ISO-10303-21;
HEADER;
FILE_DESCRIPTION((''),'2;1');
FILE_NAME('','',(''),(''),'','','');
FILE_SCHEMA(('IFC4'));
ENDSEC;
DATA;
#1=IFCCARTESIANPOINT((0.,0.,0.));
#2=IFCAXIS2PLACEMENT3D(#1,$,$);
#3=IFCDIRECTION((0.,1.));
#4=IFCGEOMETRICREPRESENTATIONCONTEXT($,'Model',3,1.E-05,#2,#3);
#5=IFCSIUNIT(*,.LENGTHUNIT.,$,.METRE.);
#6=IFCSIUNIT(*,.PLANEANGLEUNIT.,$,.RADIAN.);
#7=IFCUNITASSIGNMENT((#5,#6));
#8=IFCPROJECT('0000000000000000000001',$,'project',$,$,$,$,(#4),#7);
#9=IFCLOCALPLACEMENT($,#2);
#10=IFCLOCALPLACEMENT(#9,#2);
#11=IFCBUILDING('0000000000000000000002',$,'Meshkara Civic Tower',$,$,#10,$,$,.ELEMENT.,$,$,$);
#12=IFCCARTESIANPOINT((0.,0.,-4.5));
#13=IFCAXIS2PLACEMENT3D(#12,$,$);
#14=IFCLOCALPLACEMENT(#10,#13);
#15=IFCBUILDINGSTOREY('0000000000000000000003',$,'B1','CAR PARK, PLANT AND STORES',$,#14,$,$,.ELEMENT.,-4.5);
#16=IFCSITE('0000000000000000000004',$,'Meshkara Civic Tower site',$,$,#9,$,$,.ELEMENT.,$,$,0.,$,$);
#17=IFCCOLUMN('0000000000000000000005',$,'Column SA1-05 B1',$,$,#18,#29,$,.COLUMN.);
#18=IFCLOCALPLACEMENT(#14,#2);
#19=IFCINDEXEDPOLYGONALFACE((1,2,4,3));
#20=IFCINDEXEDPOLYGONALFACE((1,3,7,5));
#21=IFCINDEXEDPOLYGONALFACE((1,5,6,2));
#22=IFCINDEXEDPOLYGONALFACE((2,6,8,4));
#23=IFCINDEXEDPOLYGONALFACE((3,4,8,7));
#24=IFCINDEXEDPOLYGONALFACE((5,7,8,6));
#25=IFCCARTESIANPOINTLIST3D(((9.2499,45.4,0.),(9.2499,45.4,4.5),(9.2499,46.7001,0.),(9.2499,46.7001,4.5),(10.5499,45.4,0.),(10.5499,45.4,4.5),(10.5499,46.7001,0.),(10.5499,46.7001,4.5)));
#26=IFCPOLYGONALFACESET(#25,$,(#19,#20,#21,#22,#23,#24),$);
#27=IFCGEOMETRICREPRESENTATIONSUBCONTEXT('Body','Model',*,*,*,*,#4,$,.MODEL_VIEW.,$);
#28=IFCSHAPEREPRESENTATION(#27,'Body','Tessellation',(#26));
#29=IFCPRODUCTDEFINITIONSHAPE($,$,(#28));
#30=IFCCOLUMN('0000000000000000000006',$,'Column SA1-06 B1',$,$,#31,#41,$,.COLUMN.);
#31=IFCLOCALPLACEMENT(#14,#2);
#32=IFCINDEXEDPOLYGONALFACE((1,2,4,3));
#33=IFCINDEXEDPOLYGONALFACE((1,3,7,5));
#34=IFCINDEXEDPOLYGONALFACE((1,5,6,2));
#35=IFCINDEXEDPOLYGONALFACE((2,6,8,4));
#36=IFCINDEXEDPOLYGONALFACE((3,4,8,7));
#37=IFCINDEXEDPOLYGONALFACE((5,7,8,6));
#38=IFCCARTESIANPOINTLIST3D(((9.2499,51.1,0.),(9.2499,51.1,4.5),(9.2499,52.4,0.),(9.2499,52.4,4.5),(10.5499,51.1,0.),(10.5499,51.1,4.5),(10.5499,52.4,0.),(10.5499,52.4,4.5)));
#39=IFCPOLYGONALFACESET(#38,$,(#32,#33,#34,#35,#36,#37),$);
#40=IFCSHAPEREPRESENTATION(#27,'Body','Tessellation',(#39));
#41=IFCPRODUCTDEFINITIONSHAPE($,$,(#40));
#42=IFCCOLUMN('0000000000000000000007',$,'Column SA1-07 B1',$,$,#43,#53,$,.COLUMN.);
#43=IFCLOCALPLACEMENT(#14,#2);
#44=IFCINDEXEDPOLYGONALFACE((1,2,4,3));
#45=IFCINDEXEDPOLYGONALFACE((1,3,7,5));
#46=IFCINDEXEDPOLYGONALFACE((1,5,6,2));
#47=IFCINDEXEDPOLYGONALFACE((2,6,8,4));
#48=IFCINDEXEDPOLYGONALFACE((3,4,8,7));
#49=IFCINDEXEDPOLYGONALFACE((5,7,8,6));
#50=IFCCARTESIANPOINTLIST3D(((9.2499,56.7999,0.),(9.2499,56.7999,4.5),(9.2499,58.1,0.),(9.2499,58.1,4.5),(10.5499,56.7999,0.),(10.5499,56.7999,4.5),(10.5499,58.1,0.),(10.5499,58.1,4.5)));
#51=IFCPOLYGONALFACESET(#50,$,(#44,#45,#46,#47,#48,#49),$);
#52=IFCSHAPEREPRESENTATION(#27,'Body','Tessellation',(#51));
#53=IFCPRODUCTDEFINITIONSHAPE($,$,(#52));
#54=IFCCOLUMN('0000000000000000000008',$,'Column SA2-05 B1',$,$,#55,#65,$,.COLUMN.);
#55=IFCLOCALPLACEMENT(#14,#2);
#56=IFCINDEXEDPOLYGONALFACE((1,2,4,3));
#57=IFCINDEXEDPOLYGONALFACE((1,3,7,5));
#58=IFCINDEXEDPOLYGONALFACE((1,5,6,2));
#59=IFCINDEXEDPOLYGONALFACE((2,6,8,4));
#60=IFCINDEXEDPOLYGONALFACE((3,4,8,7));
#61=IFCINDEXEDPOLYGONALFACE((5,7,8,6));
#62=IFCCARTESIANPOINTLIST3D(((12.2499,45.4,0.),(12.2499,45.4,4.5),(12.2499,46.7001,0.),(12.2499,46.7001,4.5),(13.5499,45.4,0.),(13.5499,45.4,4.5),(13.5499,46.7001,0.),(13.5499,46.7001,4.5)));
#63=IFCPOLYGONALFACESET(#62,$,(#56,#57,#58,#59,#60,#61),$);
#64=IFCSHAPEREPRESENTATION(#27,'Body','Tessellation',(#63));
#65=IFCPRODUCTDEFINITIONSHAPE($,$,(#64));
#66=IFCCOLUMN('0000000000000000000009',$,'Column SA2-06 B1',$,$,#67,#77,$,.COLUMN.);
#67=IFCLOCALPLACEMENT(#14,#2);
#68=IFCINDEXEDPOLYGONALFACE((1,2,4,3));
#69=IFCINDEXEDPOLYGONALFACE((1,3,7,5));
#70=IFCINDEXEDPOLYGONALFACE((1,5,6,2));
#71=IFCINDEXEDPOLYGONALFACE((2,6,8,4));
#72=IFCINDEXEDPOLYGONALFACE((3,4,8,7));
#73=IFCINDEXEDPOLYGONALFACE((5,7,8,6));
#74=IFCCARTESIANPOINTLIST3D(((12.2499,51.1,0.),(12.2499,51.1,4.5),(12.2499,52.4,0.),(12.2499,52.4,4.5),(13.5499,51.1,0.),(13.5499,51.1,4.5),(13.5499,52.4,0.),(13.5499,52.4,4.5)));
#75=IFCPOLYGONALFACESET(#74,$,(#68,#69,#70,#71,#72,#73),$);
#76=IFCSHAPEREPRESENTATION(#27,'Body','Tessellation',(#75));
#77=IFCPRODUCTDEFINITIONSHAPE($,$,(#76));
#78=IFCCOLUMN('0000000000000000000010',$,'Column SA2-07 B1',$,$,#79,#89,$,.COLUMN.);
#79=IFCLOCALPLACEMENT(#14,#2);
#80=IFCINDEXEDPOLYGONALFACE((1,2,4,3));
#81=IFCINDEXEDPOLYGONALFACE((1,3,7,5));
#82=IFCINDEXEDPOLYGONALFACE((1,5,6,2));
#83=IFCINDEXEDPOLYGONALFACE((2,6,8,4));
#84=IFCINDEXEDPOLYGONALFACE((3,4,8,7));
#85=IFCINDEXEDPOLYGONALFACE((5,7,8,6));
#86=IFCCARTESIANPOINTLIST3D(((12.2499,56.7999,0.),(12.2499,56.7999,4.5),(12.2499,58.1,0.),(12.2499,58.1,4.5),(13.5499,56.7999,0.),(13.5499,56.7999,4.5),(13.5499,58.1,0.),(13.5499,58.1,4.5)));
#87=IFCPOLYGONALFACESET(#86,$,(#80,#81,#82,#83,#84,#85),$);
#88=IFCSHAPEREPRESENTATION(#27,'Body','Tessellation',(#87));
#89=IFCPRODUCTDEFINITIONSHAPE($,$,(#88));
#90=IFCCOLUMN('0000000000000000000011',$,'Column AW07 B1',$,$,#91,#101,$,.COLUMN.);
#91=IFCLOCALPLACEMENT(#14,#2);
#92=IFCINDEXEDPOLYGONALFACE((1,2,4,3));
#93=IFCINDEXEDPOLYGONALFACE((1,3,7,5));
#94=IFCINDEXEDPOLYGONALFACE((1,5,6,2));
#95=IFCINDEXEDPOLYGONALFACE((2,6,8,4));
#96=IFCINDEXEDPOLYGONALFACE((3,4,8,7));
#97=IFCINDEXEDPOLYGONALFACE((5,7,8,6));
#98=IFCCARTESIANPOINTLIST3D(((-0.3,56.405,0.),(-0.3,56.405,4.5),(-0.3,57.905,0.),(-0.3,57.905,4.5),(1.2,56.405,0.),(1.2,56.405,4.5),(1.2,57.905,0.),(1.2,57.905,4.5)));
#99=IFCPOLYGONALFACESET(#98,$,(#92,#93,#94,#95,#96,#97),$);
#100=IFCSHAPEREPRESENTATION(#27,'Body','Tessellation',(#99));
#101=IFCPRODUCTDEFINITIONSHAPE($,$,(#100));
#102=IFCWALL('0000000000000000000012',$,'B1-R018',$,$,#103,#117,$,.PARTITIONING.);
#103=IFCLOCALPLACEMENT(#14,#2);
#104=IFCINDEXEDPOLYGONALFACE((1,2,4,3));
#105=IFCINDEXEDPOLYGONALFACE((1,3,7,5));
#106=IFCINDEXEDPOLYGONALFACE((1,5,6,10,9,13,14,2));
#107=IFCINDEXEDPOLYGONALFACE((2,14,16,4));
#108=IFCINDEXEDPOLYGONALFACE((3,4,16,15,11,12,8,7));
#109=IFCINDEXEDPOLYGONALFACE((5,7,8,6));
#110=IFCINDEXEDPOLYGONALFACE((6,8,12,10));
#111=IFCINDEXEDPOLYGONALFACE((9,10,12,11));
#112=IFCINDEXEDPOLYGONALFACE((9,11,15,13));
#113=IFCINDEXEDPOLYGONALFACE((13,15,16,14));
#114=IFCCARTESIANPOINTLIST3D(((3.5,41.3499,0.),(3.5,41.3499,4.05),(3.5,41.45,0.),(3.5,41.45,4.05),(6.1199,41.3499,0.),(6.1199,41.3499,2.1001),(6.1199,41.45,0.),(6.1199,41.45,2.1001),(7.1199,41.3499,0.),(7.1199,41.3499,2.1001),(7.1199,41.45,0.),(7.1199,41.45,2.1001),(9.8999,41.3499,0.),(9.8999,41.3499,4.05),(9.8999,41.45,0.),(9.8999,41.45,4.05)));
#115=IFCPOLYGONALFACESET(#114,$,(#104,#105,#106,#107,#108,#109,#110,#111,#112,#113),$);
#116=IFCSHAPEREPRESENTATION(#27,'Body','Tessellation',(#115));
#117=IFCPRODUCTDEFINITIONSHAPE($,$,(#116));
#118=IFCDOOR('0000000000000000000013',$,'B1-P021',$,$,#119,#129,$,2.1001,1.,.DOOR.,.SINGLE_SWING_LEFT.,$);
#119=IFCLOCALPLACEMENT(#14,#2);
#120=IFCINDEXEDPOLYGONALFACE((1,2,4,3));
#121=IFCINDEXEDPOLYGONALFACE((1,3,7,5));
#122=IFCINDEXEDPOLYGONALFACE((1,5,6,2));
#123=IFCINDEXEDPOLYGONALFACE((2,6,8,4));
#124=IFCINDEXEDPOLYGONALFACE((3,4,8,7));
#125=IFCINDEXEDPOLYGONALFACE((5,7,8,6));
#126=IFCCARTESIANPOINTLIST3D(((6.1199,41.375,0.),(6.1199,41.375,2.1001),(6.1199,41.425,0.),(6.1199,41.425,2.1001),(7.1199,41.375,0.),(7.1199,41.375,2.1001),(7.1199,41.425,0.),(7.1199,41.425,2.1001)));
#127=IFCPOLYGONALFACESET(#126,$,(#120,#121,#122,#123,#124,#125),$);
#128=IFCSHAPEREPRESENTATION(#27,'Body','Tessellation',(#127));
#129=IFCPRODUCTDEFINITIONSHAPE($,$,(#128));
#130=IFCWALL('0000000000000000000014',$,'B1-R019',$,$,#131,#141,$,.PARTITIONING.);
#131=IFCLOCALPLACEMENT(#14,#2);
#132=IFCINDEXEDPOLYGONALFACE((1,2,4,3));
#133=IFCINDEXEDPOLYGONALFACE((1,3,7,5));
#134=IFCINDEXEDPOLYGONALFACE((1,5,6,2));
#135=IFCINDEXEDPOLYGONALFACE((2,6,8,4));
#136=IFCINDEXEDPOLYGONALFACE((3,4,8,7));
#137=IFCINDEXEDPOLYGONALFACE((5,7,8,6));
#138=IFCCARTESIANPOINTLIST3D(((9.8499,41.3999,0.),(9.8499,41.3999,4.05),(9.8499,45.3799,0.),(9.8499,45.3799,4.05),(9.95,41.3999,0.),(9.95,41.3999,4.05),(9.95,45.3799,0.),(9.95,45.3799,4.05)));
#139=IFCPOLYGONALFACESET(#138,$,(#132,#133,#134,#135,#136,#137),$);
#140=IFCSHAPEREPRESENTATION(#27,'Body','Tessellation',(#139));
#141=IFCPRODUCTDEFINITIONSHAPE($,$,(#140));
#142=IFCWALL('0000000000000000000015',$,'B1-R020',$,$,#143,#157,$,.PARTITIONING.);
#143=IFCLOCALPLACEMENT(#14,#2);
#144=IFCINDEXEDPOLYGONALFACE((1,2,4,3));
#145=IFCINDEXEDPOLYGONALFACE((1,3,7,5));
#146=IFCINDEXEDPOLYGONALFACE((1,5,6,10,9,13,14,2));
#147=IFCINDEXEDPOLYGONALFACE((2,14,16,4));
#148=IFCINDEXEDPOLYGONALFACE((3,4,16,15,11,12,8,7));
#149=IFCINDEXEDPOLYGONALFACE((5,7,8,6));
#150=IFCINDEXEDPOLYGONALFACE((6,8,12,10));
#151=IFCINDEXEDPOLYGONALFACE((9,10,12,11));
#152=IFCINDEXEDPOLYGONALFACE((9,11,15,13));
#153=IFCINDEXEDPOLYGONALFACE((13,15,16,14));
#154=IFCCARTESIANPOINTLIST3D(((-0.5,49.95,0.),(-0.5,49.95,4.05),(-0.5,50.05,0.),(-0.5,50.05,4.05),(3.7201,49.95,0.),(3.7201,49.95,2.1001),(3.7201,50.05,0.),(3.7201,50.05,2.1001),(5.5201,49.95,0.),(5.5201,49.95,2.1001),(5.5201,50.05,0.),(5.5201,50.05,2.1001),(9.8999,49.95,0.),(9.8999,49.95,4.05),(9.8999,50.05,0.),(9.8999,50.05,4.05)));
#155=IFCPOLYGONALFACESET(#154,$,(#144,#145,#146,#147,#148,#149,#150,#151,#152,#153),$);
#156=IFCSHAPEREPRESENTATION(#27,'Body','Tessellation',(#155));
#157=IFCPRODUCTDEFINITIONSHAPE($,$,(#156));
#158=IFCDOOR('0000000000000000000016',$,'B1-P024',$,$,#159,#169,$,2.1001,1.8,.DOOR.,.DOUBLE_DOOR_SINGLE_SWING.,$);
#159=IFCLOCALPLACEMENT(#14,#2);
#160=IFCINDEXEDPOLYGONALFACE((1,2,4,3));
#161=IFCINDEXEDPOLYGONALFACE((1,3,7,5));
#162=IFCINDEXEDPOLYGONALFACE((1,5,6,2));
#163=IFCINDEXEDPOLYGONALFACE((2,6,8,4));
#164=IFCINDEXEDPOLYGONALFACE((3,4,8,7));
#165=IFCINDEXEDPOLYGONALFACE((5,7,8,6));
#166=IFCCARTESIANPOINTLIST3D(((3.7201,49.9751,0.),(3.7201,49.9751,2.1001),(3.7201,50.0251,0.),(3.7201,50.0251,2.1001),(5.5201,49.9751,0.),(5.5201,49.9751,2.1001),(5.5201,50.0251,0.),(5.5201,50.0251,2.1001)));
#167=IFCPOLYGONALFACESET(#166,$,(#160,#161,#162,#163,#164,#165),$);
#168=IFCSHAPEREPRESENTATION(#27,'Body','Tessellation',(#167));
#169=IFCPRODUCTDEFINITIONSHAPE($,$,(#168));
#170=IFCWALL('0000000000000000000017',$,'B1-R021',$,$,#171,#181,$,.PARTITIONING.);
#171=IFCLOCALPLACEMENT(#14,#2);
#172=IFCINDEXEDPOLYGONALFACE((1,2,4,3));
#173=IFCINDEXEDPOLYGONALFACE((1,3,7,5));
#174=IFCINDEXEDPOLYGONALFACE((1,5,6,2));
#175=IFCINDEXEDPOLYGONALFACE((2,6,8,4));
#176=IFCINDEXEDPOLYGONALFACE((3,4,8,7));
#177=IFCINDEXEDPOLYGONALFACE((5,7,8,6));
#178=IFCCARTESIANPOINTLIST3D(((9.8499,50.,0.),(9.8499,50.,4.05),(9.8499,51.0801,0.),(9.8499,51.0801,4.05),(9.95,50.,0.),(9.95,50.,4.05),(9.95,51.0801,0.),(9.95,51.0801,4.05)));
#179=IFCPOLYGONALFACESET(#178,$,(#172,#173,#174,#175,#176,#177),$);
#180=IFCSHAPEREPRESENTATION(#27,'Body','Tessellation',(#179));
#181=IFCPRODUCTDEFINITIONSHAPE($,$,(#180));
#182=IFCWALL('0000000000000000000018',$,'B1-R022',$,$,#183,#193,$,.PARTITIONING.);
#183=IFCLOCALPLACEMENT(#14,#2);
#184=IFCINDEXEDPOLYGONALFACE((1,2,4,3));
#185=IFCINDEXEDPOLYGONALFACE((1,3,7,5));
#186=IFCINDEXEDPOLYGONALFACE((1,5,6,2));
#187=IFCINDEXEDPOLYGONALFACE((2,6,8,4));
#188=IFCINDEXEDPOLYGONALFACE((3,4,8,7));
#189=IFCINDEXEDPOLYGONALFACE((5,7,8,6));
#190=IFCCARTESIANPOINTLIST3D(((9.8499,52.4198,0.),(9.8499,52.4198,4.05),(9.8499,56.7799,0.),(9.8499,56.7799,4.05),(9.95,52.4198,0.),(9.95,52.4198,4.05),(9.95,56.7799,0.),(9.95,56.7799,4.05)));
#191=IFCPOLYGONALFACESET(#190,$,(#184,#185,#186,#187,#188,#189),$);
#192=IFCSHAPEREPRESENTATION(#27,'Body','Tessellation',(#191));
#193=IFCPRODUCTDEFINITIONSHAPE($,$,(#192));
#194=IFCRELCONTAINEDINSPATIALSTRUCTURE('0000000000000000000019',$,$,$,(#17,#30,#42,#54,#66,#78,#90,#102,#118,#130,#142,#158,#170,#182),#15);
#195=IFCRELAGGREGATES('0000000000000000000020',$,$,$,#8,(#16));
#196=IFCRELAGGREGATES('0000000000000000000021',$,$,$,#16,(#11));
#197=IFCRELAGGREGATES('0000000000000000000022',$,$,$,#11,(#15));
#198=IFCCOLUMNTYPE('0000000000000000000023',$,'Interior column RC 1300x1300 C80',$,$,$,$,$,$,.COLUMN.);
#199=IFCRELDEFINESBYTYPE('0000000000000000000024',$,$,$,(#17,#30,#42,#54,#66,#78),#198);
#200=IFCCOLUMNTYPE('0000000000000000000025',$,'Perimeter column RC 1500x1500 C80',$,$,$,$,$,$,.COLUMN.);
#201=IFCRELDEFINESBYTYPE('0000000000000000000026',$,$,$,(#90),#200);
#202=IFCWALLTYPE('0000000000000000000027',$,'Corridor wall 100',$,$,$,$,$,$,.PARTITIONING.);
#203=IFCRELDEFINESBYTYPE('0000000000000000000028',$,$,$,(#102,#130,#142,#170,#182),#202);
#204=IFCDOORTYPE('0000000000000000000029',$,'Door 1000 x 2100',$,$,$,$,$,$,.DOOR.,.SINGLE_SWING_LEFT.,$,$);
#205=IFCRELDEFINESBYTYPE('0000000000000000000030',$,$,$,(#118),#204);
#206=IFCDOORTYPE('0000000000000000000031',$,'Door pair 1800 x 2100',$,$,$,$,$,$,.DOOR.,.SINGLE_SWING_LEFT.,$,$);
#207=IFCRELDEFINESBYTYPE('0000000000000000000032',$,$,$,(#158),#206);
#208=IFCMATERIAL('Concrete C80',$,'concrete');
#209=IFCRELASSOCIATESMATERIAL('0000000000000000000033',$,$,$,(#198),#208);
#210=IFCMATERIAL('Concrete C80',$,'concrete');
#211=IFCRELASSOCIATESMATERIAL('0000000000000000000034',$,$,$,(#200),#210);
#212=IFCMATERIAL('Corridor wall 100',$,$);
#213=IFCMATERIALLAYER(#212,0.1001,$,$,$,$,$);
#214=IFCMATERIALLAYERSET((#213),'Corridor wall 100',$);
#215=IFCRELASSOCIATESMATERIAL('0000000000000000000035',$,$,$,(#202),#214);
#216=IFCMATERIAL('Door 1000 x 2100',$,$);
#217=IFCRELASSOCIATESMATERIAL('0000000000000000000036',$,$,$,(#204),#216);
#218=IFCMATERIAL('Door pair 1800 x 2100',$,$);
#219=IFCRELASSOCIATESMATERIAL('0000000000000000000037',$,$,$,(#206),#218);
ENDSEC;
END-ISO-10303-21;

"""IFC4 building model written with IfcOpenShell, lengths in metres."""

from ifc_helpers import new_model, si_unit, direction, frame, frame_2d, origin, origin_2d, place, context, subcontext, project, spatial, rectangle, extrude, material, layer, layer_set, material_profile, profile_set, type_object, element, fill, save


model = new_model("IFC4")

# Units and contexts
model_context = context("Model", 3, precision=1e-05, world=origin(), true_north=direction((0.0, 1.0)))
body_context = subcontext(model_context, "Body", "Model", "MODEL_VIEW")
ifc_project = project(units=[si_unit("LENGTHUNIT", "METRE"), si_unit("PLANEANGLEUNIT", "RADIAN")], contexts=[model_context])

# Site, building, storey
site_placement = place(None, origin())
site = spatial("IfcSite", under=ifc_project, at=site_placement, Name="Meshkara Civic Tower site", CompositionType="ELEMENT", RefElevation=0.0)
building_placement = place(site_placement, origin())
building = spatial("IfcBuilding", under=site, at=building_placement, Name="Meshkara Civic Tower", CompositionType="ELEMENT")
storey_placement = place(building_placement, frame((0.0, 0.0, -4.5)))
storey = spatial("IfcBuildingStorey", under=building, at=storey_placement, Name="B1", Description="CAR PARK, PLANT AND STORES", CompositionType="ELEMENT", Elevation=-4.5)

# Columns
ifc_material_1 = material(Name="Concrete C80", Category="concrete")
ifc_material_profile_1 = material_profile(ifc_material_1, rectangle(XDim=1.3, YDim=1.3, at=origin_2d()))
ifc_profile_set_1 = profile_set([ifc_material_profile_1], Name="Concrete C80")
column_type_1 = type_object("IfcColumnType", Name="Interior column RC 1300x1300 C80", PredefinedType="COLUMN", material=ifc_profile_set_1)
for number, where, z_axis, x_axis, name in (
    (1, (9.8999, 46.05, 0.0), (0.0, 0.0, 1.0), (1.0, 0.0, 0.0), "Column SA1-05 B1"),
    (2, (9.8999, 51.75, 0.0), (0.0, 0.0, 1.0), (1.0, 0.0, 0.0), "Column SA1-06 B1"),
    (3, (9.8999, 57.45, 0.0), (0.0, 0.0, 1.0), (1.0, 0.0, 0.0), "Column SA1-07 B1"),
    (4, (12.8999, 46.05, 0.0), (0.0, 0.0, 1.0), (1.0, 0.0, 0.0), "Column SA2-05 B1"),
    (5, (12.8999, 51.75, 0.0), (0.0, 0.0, 1.0), (1.0, 0.0, 0.0), "Column SA2-06 B1"),
    (6, (12.8999, 57.45, 0.0), (0.0, 0.0, 1.0), (1.0, 0.0, 0.0), "Column SA2-07 B1"),
):
    element("IfcColumn", number, at=place(storey_placement, frame(where, z_axis=z_axis, x_axis=x_axis)), inside=storey, type_object=column_type_1, Name=name, PredefinedType="COLUMN", context=body_context, shape_type="SweptSolid", body=[
        extrude(rectangle(XDim=1.3, YDim=1.3, at=origin_2d()), origin(), (0.0, 0.0, 1.0), 4.5),
    ])
ifc_material_2 = material(Name="Concrete C80", Category="concrete")
ifc_material_profile_2 = material_profile(ifc_material_2, rectangle(XDim=1.5, YDim=1.5, at=origin_2d()))
ifc_profile_set_2 = profile_set([ifc_material_profile_2], Name="Concrete C80")
column_type_2 = type_object("IfcColumnType", Name="Perimeter column RC 1500x1500 C80", PredefinedType="COLUMN", material=ifc_profile_set_2)
column_placement = place(storey_placement, frame((0.45, 57.155, 0.0), z_axis=(0.0, 0.0, 1.0), x_axis=(1.0, 0.0, 0.0)))
element("IfcColumn", 7, at=column_placement, inside=storey, type_object=column_type_2, Name="Column AW07 B1", PredefinedType="COLUMN", context=body_context, shape_type="SweptSolid", body=[
    extrude(rectangle(XDim=1.5, YDim=1.5, at=origin_2d()), origin(), (0.0, 0.0, 1.0), 4.5),
])

# Wall, opening, door
ifc_material_3 = material(Name="Corridor wall 100")
ifc_layer_1 = layer(ifc_material_3, 0.1001)
ifc_layer_set_1 = layer_set([ifc_layer_1], Name="Corridor wall 100")
wall_type_1 = type_object("IfcWallType", Name="Corridor wall 100", PredefinedType="PARTITIONING", material=ifc_layer_set_1)
wall_1_placement = place(storey_placement, frame((9.8999, 41.3999, 0.0), z_axis=(0.0, 0.0, 1.0), x_axis=(-1.0, 0.0, 0.0)))
wall_1 = element("IfcWall", 8, at=wall_1_placement, inside=storey, type_object=wall_type_1, Name="B1-R018", PredefinedType="PARTITIONING", context=body_context, shape_type="SweptSolid", body=[
    extrude(rectangle(XDim=6.3999, YDim=0.1001, at=frame_2d((3.2, 0.0))), origin(), (0.0, 0.0, 1.0), 4.05),
])
opening_1_placement = place(wall_1_placement, frame((2.78, 0.0, 0.0)))
opening_1 = element("IfcOpeningElement", 9, at=opening_1_placement, cuts=wall_1, PredefinedType="OPENING", context=body_context, shape_type="SweptSolid", body=[
    extrude(rectangle(XDim=1.0, YDim=2.1001, at=frame_2d((0.5, 1.05))), frame((0.0, 0.0601, 0.0), z_axis=(0.0, -1.0, 0.0), x_axis=(1.0, 0.0, 0.0)), (0.0, 0.0, 1.0), 0.1201),
])
ifc_material_4 = material(Name="Door 1000 x 2100")
door_type_1 = type_object("IfcDoorType", Name="Door 1000 x 2100", OperationType="SINGLE_SWING_LEFT", PredefinedType="DOOR", material=ifc_material_4)
door_1_placement = place(opening_1_placement, origin())
door_1 = element("IfcDoor", 10, at=door_1_placement, inside=storey, type_object=door_type_1, Name="B1-P021", OperationType="SINGLE_SWING_LEFT", OverallHeight=2.1001, OverallWidth=1.0, PredefinedType="DOOR", context=body_context, shape_type="SweptSolid", body=[
    extrude(rectangle(XDim=1.0, YDim=2.1001, at=frame_2d((0.5, 1.05))), frame((0.0, 0.0249, 0.0), z_axis=(0.0, -1.0, 0.0), x_axis=(1.0, 0.0, 0.0)), (0.0, 0.0, 1.0), 0.05),
])
fill(opening_1, door_1)

# Wall
wall_2_placement = place(storey_placement, frame((9.8999, 45.3799, 0.0), z_axis=(0.0, 0.0, 1.0), x_axis=(0.0, -1.0, 0.0)))
element("IfcWall", 11, at=wall_2_placement, inside=storey, type_object=wall_type_1, Name="B1-R019", PredefinedType="PARTITIONING", context=body_context, shape_type="SweptSolid", body=[
    extrude(rectangle(XDim=3.98, YDim=0.1001, at=frame_2d((1.99, 0.0))), origin(), (0.0, 0.0, 1.0), 4.05),
])

# Wall, opening, door
wall_3_placement = place(storey_placement, frame((9.8999, 50.0, 0.0), z_axis=(0.0, 0.0, 1.0), x_axis=(-1.0, 0.0, 0.0)))
wall_3 = element("IfcWall", 12, at=wall_3_placement, inside=storey, type_object=wall_type_1, Name="B1-R020", PredefinedType="PARTITIONING", context=body_context, shape_type="SweptSolid", body=[
    extrude(rectangle(XDim=10.3999, YDim=0.1001, at=frame_2d((5.2, 0.0))), origin(), (0.0, 0.0, 1.0), 4.05),
])
opening_2_placement = place(wall_3_placement, frame((4.3799, 0.0, 0.0)))
opening_2 = element("IfcOpeningElement", 13, at=opening_2_placement, cuts=wall_3, PredefinedType="OPENING", context=body_context, shape_type="SweptSolid", body=[
    extrude(rectangle(XDim=1.8, YDim=2.1001, at=frame_2d((0.8999, 1.05))), frame((0.0, 0.0601, 0.0), z_axis=(0.0, -1.0, 0.0), x_axis=(1.0, 0.0, 0.0)), (0.0, 0.0, 1.0), 0.1201),
])
ifc_material_5 = material(Name="Door pair 1800 x 2100")
door_type_2 = type_object("IfcDoorType", Name="Door pair 1800 x 2100", OperationType="SINGLE_SWING_LEFT", PredefinedType="DOOR", material=ifc_material_5)
door_2_placement = place(opening_2_placement, origin())
door_2 = element("IfcDoor", 14, at=door_2_placement, inside=storey, type_object=door_type_2, Name="B1-P024", OperationType="DOUBLE_DOOR_SINGLE_SWING", OverallHeight=2.1001, OverallWidth=1.8, PredefinedType="DOOR", context=body_context, shape_type="SweptSolid", body=[
    extrude(rectangle(XDim=1.8, YDim=2.1001, at=frame_2d((0.8999, 1.05))), frame((0.0, 0.0249, 0.0), z_axis=(0.0, -1.0, 0.0), x_axis=(1.0, 0.0, 0.0)), (0.0, 0.0, 1.0), 0.05),
])
fill(opening_2, door_2)

# Walls
wall_4_placement = place(storey_placement, frame((9.8999, 51.0801, 0.0), z_axis=(0.0, 0.0, 1.0), x_axis=(0.0, -1.0, 0.0)))
element("IfcWall", 15, at=wall_4_placement, inside=storey, type_object=wall_type_1, Name="B1-R021", PredefinedType="PARTITIONING", context=body_context, shape_type="SweptSolid", body=[
    extrude(rectangle(XDim=1.0801, YDim=0.1001, at=frame_2d((0.54, 0.0))), origin(), (0.0, 0.0, 1.0), 4.05),
])
wall_5_placement = place(storey_placement, frame((9.8999, 56.78, 0.0), z_axis=(0.0, 0.0, 1.0), x_axis=(0.0, -1.0, 0.0)))
element("IfcWall", 16, at=wall_5_placement, inside=storey, type_object=wall_type_1, Name="B1-R022", PredefinedType="PARTITIONING", context=body_context, shape_type="SweptSolid", body=[
    extrude(rectangle(XDim=4.3601, YDim=0.1001, at=frame_2d((2.1802, 0.0))), origin(), (0.0, 0.0, 1.0), 4.05),
])

save(model, "model.ifc")
